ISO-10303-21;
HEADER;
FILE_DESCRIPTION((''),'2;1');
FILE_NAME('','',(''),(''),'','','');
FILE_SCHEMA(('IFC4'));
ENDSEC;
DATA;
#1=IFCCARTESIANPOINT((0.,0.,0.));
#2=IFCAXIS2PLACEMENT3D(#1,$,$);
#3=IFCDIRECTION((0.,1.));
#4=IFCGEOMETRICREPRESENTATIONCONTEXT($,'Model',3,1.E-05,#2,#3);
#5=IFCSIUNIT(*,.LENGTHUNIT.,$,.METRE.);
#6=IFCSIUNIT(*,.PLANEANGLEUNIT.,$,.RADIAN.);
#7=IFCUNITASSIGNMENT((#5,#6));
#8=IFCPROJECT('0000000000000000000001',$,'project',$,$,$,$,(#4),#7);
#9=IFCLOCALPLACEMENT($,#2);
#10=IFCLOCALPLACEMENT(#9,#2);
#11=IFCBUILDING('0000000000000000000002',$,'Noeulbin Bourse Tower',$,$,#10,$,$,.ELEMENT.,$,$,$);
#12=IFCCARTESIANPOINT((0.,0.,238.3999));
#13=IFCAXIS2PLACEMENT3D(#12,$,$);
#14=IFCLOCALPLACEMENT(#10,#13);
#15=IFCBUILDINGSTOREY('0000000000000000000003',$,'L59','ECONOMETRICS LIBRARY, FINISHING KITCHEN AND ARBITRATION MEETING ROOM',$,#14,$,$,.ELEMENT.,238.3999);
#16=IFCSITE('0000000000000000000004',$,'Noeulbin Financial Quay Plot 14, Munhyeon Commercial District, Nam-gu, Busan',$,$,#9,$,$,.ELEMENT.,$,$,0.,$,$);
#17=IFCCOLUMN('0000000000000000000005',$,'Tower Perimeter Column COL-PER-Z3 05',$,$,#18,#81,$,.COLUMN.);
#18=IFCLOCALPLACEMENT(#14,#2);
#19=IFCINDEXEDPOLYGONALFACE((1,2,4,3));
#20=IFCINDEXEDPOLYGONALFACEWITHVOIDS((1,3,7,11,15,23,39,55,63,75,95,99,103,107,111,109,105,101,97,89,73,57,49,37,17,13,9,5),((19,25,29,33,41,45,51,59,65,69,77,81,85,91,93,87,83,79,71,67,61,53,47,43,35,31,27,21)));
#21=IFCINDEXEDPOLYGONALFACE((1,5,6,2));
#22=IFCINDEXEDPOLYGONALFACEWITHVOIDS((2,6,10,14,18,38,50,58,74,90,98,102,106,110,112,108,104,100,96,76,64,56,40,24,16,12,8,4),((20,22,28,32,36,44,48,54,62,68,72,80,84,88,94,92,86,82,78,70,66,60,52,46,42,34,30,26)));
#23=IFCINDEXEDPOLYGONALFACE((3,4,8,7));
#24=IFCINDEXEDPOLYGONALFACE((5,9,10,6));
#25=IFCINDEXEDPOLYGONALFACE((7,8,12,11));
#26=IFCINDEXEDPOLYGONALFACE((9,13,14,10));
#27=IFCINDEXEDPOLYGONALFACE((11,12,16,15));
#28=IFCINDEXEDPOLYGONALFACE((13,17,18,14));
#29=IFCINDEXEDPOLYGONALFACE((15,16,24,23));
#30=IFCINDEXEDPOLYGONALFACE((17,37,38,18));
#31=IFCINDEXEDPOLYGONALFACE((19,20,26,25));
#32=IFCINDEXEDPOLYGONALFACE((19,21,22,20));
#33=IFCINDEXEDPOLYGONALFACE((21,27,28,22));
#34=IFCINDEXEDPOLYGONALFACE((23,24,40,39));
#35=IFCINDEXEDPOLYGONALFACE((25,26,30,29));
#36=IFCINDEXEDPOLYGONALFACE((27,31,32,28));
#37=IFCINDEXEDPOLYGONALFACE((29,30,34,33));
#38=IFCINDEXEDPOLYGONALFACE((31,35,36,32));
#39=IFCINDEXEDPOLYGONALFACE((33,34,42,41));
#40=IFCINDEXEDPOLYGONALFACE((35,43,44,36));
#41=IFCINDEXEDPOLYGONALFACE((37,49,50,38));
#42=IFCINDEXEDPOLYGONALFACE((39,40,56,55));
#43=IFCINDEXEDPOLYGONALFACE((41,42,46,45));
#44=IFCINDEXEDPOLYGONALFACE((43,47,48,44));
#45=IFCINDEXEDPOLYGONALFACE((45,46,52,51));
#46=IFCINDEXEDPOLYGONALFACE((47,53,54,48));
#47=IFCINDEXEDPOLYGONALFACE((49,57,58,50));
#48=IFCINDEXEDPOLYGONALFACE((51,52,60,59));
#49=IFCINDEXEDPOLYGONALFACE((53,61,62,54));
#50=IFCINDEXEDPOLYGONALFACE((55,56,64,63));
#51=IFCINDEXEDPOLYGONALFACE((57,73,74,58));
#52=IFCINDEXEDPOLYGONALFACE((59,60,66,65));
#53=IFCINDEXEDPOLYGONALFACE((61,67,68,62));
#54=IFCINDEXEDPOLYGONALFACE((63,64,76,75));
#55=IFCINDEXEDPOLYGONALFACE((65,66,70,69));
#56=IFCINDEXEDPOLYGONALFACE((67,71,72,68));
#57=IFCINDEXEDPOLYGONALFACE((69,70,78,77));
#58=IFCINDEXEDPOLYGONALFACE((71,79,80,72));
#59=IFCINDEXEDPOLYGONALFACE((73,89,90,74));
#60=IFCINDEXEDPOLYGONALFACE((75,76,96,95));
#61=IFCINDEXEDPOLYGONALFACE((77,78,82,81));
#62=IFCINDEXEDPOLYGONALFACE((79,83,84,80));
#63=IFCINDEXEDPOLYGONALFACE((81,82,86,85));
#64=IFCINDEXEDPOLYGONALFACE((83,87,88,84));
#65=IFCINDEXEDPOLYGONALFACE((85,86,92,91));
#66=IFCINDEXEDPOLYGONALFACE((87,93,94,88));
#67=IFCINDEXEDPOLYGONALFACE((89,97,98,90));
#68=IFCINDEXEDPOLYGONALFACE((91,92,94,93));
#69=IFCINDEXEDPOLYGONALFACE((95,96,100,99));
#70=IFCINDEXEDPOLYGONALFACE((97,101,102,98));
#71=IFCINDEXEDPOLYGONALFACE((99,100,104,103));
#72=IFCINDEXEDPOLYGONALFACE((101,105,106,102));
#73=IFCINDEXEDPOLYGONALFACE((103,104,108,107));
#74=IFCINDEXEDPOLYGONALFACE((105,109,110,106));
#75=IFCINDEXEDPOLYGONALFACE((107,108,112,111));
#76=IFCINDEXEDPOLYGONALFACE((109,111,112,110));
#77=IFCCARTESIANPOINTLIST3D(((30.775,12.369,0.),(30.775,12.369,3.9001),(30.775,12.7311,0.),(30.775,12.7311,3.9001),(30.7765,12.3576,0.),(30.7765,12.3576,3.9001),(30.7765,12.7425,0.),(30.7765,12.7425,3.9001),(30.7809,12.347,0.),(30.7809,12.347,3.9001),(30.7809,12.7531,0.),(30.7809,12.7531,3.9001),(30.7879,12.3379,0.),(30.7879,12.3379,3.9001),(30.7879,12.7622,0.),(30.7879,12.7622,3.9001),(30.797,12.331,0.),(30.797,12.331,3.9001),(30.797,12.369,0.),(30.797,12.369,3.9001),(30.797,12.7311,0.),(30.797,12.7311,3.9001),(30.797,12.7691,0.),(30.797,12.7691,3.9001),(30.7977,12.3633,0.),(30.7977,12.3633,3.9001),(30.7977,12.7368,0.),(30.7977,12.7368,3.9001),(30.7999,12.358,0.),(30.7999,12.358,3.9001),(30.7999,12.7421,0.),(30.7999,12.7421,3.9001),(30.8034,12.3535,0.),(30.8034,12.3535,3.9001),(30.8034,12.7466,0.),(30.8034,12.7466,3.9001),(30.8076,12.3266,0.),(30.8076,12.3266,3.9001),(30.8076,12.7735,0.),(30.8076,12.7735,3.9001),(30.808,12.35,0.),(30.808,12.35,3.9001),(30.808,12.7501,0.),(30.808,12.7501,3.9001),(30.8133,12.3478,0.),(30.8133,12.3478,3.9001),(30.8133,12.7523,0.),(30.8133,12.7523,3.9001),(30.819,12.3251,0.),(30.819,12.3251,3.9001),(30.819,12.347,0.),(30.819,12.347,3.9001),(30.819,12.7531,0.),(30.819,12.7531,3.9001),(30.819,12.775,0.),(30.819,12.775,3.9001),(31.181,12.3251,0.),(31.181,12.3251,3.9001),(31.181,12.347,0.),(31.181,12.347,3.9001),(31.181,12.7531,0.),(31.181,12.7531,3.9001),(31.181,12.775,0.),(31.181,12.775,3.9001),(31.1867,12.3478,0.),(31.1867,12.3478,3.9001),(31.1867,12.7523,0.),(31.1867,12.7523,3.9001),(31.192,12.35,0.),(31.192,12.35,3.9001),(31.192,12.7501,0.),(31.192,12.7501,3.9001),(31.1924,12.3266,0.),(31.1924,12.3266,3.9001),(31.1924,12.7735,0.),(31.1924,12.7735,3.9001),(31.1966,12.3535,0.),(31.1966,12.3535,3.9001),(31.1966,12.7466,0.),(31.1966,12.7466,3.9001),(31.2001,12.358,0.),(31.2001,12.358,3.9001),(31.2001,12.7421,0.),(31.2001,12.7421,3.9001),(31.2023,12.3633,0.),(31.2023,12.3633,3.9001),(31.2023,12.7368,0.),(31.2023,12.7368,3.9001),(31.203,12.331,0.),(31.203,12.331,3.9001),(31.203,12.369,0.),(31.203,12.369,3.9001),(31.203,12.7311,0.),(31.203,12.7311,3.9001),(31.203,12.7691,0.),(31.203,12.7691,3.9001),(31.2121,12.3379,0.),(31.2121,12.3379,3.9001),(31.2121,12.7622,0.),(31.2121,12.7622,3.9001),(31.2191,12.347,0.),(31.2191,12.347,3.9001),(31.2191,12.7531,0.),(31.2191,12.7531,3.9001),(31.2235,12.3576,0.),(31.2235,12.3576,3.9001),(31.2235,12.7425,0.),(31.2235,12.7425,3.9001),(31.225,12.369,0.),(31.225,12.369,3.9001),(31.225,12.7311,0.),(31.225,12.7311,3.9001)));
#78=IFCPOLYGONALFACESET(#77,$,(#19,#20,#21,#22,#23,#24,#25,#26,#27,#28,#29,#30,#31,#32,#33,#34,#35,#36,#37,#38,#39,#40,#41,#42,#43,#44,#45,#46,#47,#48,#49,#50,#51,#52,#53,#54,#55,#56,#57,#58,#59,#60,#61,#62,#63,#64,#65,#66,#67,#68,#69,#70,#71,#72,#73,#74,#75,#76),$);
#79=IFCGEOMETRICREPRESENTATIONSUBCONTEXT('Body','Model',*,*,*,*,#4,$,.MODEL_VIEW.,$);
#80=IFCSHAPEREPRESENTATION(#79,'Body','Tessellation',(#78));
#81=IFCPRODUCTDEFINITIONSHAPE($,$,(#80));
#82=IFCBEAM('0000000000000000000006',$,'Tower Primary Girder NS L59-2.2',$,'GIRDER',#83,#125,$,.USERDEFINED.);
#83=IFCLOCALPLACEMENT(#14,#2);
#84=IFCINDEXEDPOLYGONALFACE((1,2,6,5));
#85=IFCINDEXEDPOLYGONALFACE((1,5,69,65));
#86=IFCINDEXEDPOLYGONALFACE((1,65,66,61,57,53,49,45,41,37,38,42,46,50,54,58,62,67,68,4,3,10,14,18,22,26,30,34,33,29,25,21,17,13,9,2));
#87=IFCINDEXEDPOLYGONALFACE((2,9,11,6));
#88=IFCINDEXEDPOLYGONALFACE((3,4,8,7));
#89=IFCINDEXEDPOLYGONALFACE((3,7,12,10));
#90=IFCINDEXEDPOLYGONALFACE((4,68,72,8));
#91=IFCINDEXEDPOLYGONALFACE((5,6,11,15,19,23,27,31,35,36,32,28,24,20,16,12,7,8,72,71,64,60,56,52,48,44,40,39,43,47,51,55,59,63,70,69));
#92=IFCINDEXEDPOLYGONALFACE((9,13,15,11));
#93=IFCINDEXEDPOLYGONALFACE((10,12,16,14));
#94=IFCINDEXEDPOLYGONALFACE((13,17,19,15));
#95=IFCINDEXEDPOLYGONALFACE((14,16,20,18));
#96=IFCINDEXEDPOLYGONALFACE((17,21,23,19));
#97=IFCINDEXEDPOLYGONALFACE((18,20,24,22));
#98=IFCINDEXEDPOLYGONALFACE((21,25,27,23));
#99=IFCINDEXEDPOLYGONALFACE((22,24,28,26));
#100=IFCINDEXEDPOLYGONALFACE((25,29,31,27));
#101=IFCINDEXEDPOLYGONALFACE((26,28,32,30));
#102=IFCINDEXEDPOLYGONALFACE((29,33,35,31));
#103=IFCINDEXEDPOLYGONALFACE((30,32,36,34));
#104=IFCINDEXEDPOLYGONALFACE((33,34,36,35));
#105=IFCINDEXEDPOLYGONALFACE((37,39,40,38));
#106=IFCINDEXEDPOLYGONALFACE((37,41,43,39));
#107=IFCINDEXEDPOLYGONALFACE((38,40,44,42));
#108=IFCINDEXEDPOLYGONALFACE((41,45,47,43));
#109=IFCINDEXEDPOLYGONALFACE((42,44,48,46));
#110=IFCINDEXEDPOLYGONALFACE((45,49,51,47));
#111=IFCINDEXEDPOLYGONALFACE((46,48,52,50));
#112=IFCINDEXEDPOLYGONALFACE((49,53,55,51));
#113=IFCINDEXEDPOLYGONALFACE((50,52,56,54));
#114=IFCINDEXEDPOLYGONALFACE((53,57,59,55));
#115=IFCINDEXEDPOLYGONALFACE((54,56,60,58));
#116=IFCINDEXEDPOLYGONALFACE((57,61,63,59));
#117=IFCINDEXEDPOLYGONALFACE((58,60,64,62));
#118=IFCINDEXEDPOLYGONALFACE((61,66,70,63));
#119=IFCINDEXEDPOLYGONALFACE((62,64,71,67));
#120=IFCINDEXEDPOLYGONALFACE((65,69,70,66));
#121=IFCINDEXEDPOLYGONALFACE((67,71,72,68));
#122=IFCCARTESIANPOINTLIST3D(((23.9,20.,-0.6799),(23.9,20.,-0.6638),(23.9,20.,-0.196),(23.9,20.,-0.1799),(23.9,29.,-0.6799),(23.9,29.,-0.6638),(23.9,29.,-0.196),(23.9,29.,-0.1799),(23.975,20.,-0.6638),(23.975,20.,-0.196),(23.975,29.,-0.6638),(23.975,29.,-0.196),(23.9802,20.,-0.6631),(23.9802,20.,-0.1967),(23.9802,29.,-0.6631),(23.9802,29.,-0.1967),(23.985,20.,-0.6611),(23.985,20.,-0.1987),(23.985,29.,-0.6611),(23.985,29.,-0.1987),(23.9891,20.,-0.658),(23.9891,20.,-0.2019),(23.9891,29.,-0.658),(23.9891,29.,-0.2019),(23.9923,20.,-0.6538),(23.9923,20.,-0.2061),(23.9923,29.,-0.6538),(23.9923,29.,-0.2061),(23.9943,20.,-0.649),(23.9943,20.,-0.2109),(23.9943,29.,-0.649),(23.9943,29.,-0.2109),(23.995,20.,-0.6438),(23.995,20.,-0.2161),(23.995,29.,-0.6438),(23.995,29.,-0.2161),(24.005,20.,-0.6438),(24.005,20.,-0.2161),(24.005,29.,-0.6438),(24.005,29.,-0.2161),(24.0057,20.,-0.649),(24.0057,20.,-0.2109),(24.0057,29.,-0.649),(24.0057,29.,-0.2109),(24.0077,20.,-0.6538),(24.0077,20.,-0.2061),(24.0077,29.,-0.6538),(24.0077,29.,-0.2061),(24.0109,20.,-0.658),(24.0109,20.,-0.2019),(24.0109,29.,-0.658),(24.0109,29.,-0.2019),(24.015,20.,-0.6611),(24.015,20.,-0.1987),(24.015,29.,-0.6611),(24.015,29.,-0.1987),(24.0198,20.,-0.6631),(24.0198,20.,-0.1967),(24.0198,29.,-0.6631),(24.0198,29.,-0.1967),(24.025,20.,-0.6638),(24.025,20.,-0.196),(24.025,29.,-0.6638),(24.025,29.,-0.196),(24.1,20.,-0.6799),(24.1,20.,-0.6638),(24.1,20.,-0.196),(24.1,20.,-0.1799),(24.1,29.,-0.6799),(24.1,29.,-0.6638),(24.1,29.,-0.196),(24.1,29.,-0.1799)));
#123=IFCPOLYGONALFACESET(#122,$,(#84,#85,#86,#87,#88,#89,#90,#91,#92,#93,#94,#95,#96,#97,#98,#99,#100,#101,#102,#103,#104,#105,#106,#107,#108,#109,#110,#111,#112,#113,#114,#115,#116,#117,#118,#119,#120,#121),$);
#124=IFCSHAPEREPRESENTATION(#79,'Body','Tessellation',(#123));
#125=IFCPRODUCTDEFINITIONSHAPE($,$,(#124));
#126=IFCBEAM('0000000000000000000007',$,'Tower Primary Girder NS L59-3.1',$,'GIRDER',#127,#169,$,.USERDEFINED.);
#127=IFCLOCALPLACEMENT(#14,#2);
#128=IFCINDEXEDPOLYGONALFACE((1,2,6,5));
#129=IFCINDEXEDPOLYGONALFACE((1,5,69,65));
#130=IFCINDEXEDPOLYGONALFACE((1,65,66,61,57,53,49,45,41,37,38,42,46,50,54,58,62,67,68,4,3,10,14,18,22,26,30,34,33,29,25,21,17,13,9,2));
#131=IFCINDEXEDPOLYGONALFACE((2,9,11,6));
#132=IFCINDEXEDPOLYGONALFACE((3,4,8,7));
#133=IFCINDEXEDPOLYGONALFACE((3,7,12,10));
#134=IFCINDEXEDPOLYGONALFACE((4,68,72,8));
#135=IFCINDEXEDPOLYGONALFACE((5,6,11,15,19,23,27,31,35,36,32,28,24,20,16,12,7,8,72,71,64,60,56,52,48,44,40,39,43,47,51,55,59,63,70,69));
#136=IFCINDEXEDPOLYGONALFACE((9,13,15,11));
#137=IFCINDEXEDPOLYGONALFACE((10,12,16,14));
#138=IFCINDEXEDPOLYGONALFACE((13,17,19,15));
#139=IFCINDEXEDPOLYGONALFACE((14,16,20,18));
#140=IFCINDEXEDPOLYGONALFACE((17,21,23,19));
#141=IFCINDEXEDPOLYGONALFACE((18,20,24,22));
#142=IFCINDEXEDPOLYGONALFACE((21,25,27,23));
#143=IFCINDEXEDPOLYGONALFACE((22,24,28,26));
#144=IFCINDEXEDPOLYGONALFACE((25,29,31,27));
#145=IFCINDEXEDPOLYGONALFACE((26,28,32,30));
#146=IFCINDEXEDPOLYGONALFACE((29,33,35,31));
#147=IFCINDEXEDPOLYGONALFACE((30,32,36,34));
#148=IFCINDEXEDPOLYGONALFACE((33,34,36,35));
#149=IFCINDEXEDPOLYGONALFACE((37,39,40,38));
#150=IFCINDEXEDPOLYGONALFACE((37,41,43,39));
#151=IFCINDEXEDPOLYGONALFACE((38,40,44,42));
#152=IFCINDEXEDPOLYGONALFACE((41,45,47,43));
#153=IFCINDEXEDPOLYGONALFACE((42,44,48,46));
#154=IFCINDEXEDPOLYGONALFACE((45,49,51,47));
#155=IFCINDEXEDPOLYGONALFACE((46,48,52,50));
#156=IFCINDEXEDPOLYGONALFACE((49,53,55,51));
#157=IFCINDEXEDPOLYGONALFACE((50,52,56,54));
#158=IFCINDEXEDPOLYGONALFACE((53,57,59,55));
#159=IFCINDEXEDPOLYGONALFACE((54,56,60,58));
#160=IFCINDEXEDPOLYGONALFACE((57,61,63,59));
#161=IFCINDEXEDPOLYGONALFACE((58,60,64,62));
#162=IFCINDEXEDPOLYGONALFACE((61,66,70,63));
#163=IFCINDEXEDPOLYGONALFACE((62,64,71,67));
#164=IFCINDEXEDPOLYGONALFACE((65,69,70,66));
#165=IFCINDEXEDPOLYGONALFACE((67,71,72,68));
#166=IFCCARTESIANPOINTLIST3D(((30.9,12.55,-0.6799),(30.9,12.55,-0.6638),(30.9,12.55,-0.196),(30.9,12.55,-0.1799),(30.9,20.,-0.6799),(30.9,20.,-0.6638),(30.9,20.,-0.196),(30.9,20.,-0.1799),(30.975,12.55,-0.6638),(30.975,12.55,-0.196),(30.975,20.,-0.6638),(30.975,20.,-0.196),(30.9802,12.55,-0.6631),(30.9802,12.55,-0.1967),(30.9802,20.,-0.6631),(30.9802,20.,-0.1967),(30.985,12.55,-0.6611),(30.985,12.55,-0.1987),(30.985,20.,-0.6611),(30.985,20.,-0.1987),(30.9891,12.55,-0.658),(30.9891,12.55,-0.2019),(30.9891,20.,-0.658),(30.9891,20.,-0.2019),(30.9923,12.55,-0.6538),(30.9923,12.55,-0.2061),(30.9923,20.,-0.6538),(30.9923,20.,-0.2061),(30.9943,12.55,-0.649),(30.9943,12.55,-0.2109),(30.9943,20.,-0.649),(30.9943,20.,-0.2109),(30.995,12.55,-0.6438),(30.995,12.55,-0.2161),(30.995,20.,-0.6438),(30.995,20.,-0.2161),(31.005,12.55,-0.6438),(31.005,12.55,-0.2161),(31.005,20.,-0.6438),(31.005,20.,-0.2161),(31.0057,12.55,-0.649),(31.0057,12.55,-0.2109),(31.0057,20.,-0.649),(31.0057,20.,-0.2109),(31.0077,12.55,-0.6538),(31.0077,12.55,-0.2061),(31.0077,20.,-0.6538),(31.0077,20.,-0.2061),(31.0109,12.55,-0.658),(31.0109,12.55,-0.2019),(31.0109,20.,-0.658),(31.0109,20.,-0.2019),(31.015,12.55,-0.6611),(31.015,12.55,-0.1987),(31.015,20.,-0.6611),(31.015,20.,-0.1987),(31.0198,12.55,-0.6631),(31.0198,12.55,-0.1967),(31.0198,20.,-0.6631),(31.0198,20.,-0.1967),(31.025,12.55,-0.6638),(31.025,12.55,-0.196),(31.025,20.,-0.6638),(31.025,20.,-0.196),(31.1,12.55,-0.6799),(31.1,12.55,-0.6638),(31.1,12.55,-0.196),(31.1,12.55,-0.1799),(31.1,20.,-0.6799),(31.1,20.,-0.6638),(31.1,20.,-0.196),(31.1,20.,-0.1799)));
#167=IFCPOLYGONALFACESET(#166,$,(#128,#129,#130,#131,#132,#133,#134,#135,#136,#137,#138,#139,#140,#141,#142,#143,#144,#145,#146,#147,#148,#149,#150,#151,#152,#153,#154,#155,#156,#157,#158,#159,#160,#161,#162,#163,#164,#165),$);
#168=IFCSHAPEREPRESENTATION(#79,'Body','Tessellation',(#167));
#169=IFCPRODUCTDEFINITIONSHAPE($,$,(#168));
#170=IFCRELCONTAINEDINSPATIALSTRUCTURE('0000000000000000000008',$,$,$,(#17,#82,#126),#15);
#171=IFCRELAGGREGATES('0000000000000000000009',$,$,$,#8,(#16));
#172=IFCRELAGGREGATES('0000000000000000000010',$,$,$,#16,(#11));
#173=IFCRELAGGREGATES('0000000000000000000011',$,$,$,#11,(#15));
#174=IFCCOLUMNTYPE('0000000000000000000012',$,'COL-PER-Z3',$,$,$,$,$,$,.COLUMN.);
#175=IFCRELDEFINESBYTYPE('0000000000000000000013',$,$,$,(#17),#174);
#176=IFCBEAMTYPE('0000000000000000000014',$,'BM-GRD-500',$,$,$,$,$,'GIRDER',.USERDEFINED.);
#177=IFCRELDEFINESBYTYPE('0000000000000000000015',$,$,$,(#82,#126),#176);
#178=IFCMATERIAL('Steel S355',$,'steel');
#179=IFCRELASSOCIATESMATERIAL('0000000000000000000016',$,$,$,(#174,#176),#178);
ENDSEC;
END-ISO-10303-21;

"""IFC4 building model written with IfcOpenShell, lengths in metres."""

from ifc_helpers import new_model, si_unit, direction, frame, origin, origin_2d, place, context, subcontext, project, spatial, hollow_rectangle, i_section, extrude, material, material_profile, profile_set, type_object, element, save


model = new_model("IFC4")

# Units and contexts
model_context = context("Model", 3, precision=1e-05, world=origin(), true_north=direction((0.0, 1.0)))
body_context = subcontext(model_context, "Body", "Model", "MODEL_VIEW")
ifc_project = project(units=[si_unit("LENGTHUNIT", "METRE"), si_unit("PLANEANGLEUNIT", "RADIAN")], contexts=[model_context])

# Site, building, storey
site_placement = place(None, origin())
site = spatial("IfcSite", under=ifc_project, at=site_placement, Name="Noeulbin Financial Quay Plot 14, Munhyeon Commercial District, Nam-gu, Busan", CompositionType="ELEMENT", RefElevation=0.0)
building_placement = place(site_placement, origin())
building = spatial("IfcBuilding", under=site, at=building_placement, Name="Noeulbin Bourse Tower", CompositionType="ELEMENT")
storey_placement = place(building_placement, frame((0.0, 0.0, 238.3999)))
storey = spatial("IfcBuildingStorey", under=building, at=storey_placement, Name="L59", Description="ECONOMETRICS LIBRARY, FINISHING KITCHEN AND ARBITRATION MEETING ROOM", CompositionType="ELEMENT", Elevation=238.3999)

# Column
ifc_material_1 = material(Name="Steel S355", Category="steel")
ifc_material_profile_1 = material_profile(ifc_material_1, hollow_rectangle(XDim=0.45, YDim=0.45, WallThickness=0.022, InnerFilletRadius=0.022, OuterFilletRadius=0.0439, at=origin_2d()), Name="SHS-450x450x22", Category="LoadBearing")
ifc_profile_set_1 = profile_set([ifc_material_profile_1], Name="Steel S355")
column_type = type_object("IfcColumnType", Name="COL-PER-Z3", PredefinedType="COLUMN", material=ifc_profile_set_1)
column_placement = place(storey_placement, frame((31.0, 12.55, 0.0), z_axis=(0.0, 0.0, 1.0), x_axis=(1.0, 0.0, 0.0)))
element("IfcColumn", 1, at=column_placement, inside=storey, type_object=column_type, Name="Tower Perimeter Column COL-PER-Z3 05", PredefinedType="COLUMN", context=body_context, shape_type="SweptSolid", body=[
    extrude(hollow_rectangle(XDim=0.45, YDim=0.45, WallThickness=0.022, InnerFilletRadius=0.022, OuterFilletRadius=0.0439, at=origin_2d()), origin(), (0.0, 0.0, 1.0), 3.9001),
])

# Beams
ifc_material_profile_2 = material_profile(ifc_material_1, i_section(OverallWidth=0.2, OverallDepth=0.5, WebThickness=0.01, FlangeThickness=0.0161, FilletRadius=0.02, at=origin_2d()), Name="H-500x200x10x16", Category="LoadBearing")
ifc_profile_set_2 = profile_set([ifc_material_profile_2], Name="Steel S355")
beam_type_1 = type_object("IfcBeamType", Name="BM-GRD-500", ElementType="GIRDER", PredefinedType="USERDEFINED", material=ifc_profile_set_2)
beam_1_placement = place(storey_placement, frame((24.0, 20.0, -0.4299), z_axis=(0.0, 1.0, 0.0), x_axis=(-1.0, 0.0, 0.0)))
element("IfcBeam", 2, at=beam_1_placement, inside=storey, type_object=beam_type_1, Name="Tower Primary Girder NS L59-2.2", ObjectType="GIRDER", PredefinedType="USERDEFINED", context=body_context, shape_type="SweptSolid", body=[
    extrude(i_section(OverallWidth=0.2, OverallDepth=0.5, WebThickness=0.01, FlangeThickness=0.0161, FilletRadius=0.02, at=origin_2d()), origin(), (0.0, 0.0, 1.0), 9.0),
])
beam_2_placement = place(storey_placement, frame((31.0, 12.55, -0.4299), z_axis=(0.0, 1.0, 0.0), x_axis=(-1.0, 0.0, 0.0)))
element("IfcBeam", 3, at=beam_2_placement, inside=storey, type_object=beam_type_1, Name="Tower Primary Girder NS L59-3.1", ObjectType="GIRDER", PredefinedType="USERDEFINED", context=body_context, shape_type="SweptSolid", body=[
    extrude(i_section(OverallWidth=0.2, OverallDepth=0.5, WebThickness=0.01, FlangeThickness=0.0161, FilletRadius=0.02, at=origin_2d()), origin(), (0.0, 0.0, 1.0), 7.45),
])

save(model, "model.ifc")
